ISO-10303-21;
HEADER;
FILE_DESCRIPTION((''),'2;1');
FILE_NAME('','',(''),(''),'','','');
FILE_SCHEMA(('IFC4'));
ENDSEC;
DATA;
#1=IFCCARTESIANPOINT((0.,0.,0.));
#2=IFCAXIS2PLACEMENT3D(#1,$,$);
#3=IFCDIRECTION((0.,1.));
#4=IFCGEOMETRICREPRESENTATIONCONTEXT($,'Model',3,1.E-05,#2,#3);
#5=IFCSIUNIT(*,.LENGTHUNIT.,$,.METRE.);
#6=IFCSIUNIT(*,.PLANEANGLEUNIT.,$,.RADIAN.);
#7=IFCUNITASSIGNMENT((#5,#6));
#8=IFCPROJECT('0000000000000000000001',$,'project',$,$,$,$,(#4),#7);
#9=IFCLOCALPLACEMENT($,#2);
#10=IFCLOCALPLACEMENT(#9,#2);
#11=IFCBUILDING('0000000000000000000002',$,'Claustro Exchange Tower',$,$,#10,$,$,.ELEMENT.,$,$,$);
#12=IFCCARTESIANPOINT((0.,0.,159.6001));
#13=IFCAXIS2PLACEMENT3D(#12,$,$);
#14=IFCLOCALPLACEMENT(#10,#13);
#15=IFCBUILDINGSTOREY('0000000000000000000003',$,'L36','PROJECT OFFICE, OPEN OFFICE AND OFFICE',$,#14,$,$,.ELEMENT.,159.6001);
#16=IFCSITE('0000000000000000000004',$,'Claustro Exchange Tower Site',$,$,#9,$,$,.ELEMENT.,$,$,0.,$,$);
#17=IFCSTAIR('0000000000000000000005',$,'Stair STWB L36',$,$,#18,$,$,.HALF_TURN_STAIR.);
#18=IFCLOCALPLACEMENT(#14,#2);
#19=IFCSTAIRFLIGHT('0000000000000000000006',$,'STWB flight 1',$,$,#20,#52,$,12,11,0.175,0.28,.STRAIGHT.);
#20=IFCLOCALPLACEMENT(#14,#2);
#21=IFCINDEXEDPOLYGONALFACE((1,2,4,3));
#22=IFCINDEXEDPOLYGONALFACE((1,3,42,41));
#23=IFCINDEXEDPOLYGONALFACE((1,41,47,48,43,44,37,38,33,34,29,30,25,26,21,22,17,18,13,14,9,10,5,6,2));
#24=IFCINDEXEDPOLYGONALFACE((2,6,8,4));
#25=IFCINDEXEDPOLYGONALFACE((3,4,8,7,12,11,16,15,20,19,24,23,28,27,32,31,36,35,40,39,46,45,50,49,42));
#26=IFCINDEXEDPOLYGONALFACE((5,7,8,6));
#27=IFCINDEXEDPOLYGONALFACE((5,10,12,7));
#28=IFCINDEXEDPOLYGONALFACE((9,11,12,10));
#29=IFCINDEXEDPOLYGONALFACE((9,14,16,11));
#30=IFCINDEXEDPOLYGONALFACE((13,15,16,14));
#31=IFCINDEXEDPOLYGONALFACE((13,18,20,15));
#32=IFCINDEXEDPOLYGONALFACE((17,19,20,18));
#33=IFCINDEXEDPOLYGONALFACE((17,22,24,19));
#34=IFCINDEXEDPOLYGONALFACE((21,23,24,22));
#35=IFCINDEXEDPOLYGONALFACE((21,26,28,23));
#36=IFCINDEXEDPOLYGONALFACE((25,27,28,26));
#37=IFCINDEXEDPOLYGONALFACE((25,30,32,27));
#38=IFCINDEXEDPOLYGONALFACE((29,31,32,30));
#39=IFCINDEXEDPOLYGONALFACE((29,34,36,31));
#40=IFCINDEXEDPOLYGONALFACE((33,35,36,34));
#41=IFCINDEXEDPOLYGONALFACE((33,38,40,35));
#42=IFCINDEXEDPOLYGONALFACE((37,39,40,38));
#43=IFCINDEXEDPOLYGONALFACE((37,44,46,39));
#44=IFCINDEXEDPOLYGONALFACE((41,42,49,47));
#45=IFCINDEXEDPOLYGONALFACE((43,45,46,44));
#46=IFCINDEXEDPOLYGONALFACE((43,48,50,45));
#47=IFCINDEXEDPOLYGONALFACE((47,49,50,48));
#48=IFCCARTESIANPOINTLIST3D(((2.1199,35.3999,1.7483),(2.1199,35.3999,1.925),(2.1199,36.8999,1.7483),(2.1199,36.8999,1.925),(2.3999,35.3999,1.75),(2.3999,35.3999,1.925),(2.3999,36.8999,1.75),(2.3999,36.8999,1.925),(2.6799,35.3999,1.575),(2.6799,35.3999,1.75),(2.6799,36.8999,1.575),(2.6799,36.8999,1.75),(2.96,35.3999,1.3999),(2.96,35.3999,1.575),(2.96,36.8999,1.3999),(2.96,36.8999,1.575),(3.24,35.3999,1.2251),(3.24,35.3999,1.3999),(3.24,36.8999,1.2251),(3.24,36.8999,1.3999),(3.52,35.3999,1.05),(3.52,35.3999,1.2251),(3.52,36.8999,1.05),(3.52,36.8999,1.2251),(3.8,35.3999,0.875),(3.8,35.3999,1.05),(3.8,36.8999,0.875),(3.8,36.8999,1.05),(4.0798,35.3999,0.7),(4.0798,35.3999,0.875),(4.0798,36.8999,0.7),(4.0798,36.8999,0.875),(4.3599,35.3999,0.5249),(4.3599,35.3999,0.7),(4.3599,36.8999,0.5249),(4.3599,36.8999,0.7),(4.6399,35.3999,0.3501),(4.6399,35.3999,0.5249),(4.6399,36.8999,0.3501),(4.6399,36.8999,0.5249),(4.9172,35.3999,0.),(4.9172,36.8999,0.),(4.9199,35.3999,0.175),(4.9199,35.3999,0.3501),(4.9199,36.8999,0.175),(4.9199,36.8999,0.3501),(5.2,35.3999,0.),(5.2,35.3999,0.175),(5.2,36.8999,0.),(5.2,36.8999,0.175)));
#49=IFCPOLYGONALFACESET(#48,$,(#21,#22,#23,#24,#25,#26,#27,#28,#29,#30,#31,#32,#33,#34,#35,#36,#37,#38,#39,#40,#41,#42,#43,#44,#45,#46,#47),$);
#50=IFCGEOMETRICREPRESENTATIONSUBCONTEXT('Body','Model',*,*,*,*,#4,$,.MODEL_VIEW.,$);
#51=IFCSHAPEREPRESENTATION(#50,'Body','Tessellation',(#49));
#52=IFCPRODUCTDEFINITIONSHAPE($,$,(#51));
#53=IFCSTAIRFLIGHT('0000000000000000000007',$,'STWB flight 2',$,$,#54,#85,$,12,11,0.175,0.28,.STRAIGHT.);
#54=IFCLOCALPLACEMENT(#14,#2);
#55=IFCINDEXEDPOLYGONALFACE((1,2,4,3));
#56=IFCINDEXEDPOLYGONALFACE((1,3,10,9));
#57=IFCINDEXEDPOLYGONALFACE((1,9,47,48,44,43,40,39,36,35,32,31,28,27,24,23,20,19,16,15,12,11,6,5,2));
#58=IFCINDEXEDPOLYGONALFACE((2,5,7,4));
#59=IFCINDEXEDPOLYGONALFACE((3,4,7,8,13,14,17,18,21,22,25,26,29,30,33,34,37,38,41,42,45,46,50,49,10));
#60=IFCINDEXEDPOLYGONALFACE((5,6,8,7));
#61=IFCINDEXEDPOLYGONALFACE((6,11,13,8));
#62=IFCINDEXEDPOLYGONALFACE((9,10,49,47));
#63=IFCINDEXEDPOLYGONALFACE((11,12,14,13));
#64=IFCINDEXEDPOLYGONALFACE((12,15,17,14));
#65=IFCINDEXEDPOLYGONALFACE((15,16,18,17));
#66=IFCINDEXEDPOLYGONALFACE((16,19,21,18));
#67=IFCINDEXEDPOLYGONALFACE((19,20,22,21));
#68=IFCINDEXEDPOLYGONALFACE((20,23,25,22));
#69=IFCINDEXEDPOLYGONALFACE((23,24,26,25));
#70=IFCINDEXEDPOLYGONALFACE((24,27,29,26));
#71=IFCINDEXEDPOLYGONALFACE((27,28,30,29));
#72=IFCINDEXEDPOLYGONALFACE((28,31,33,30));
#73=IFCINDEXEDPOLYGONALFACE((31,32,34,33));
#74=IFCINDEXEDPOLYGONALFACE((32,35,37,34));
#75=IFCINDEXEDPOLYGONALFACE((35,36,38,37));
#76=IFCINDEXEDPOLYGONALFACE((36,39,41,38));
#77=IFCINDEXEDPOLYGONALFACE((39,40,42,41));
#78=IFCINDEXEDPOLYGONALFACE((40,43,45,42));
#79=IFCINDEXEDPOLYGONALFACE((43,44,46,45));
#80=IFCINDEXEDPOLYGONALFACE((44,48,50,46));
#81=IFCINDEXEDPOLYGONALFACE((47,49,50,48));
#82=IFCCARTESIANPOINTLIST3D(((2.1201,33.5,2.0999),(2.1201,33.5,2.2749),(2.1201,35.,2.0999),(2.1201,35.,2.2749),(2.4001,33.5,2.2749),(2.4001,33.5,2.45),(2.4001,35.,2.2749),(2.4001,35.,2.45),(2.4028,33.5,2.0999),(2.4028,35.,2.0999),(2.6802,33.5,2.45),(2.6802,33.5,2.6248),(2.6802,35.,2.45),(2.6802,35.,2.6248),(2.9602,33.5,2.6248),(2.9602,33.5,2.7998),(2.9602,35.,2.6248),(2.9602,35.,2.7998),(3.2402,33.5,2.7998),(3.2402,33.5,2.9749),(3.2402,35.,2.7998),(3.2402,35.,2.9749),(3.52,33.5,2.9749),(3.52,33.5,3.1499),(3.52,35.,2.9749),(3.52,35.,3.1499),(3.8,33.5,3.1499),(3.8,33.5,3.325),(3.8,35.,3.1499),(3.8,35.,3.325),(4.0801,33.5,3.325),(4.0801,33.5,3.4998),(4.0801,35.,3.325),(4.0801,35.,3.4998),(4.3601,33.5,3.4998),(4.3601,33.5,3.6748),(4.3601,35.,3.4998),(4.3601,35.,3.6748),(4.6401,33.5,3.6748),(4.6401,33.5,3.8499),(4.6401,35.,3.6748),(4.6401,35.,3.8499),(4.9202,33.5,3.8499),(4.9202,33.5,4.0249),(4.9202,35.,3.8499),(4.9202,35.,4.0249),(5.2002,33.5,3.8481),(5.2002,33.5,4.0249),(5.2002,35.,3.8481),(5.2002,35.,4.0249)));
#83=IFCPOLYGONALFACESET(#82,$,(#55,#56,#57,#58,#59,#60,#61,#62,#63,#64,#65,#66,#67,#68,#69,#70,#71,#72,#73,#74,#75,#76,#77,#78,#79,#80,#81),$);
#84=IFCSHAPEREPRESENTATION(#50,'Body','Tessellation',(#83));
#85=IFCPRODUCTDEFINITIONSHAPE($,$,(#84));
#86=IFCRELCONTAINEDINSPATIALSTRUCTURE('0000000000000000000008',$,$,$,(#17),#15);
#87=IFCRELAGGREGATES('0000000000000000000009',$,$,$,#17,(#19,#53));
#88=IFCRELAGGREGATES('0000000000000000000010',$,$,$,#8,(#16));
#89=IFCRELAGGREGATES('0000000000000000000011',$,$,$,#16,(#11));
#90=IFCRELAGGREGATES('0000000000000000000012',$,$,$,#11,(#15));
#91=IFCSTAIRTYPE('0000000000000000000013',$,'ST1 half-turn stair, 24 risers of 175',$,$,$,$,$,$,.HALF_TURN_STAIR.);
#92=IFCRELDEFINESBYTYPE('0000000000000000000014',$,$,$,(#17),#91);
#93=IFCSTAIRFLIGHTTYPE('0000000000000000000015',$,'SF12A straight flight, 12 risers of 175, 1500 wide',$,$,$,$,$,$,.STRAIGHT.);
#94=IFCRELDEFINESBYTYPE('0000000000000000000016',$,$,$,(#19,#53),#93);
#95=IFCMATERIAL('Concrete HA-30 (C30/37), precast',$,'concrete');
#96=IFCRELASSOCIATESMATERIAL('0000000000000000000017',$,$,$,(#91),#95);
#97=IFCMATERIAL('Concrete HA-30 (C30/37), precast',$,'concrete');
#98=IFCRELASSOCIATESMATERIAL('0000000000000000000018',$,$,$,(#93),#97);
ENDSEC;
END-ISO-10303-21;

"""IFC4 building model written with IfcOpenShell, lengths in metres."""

from ifc_helpers import new_model, si_unit, direction, frame, origin, place, context, subcontext, project, spatial, polyline, outline, extrude, material, type_object, element, aggregate, save


model = new_model("IFC4")

# Units and contexts
model_context = context("Model", 3, precision=1e-05, world=origin(), true_north=direction((0.0, 1.0)))
body_context = subcontext(model_context, "Body", "Model", "MODEL_VIEW")
ifc_project = project(units=[si_unit("LENGTHUNIT", "METRE"), si_unit("PLANEANGLEUNIT", "RADIAN")], contexts=[model_context])

# Site, building, storey
site_placement = place(None, origin())
site = spatial("IfcSite", under=ifc_project, at=site_placement, Name="Claustro Exchange Tower Site", CompositionType="ELEMENT", RefElevation=0.0)
building_placement = place(site_placement, origin())
building = spatial("IfcBuilding", under=site, at=building_placement, Name="Claustro Exchange Tower", CompositionType="ELEMENT")
storey_placement = place(building_placement, frame((0.0, 0.0, 159.6001)))
storey = spatial("IfcBuildingStorey", under=building, at=storey_placement, Name="L36", Description="PROJECT OFFICE, OPEN OFFICE AND OFFICE", CompositionType="ELEMENT", Elevation=159.6001)

# Stair, stair flights
ifc_material_1 = material(Name="Concrete HA-30 (C30/37), precast", Category="concrete")
stair_type = type_object("IfcStairType", Name="ST1 half-turn stair, 24 risers of 175", PredefinedType="HALF_TURN_STAIR", material=ifc_material_1)
stair_placement = place(storey_placement, origin())
stair = element("IfcStair", 1, at=stair_placement, inside=storey, type_object=stair_type, Name="Stair STWB L36", PredefinedType="HALF_TURN_STAIR")
ifc_material_2 = material(Name="Concrete HA-30 (C30/37), precast", Category="concrete")
stair_flight_type = type_object("IfcStairFlightType", Name="SF12A straight flight, 12 risers of 175, 1500 wide", PredefinedType="STRAIGHT", material=ifc_material_2)
stair_flight_1_placement = place(storey_placement, frame((5.2, 36.1499, 0.0), z_axis=(0.0, 0.0, 1.0), x_axis=(-1.0, 0.0, 0.0)))
stair_flight_1 = element("IfcStairFlight", 2, at=stair_flight_1_placement, type_object=stair_flight_type, Name="STWB flight 1", NumberOfRisers=12, NumberOfTreads=11, PredefinedType="STRAIGHT", RiserHeight=0.175, TreadLength=0.28, context=body_context, shape_type="SweptSolid", body=[
    extrude(outline(polyline([(0.0, 0.0), (0.0, 0.175), (0.28, 0.175), (0.28, 0.3501), (0.5601, 0.3501), (0.5601, 0.5249), (0.8401, 0.5249), (0.8401, 0.7), (1.1201, 0.7), (1.1201, 0.875), (1.3999, 0.875), (1.3999, 1.05), (1.6799, 1.05), (1.6799, 1.2251), (1.96, 1.2251), (1.96, 1.3999), (2.24, 1.3999), (2.24, 1.575), (2.52, 1.575), (2.52, 1.75), (2.8, 1.75), (2.8, 1.925), (3.0801, 1.925), (3.0801, 2.1001), (3.0801, 1.7483), (0.2827, 0.0), (0.0, 0.0)])), frame((0.0, 0.75, 0.0), z_axis=(0.0, -1.0, 0.0), x_axis=(1.0, 0.0, 0.0)), (0.0, 0.0, 1.0), 1.5),
])
stair_flight_2_placement = place(storey_placement, frame((2.1201, 34.25, 2.0999), z_axis=(0.0, 0.0, 1.0), x_axis=(1.0, 0.0, 0.0)))
stair_flight_2 = element("IfcStairFlight", 3, at=stair_flight_2_placement, type_object=stair_flight_type, Name="STWB flight 2", NumberOfRisers=12, NumberOfTreads=11, PredefinedType="STRAIGHT", RiserHeight=0.175, TreadLength=0.28, context=body_context, shape_type="SweptSolid", body=[
    extrude(outline(polyline([(0.0, 0.0), (0.0, 0.175), (0.28, 0.175), (0.28, 0.3501), (0.5601, 0.3501), (0.5601, 0.5249), (0.8401, 0.5249), (0.8401, 0.7), (1.1201, 0.7), (1.1201, 0.875), (1.3999, 0.875), (1.3999, 1.05), (1.6799, 1.05), (1.6799, 1.2251), (1.96, 1.2251), (1.96, 1.3999), (2.24, 1.3999), (2.24, 1.575), (2.52, 1.575), (2.52, 1.75), (2.8, 1.75), (2.8, 1.925), (3.0801, 1.925), (3.0801, 2.1001), (3.0801, 1.7483), (0.2827, 0.0), (0.0, 0.0)])), frame((0.0, 0.75, 0.0), z_axis=(0.0, -1.0, 0.0), x_axis=(1.0, 0.0, 0.0)), (0.0, 0.0, 1.0), 1.5),
])
aggregate(stair, [stair_flight_1, stair_flight_2])

save(model, "model.ifc")
